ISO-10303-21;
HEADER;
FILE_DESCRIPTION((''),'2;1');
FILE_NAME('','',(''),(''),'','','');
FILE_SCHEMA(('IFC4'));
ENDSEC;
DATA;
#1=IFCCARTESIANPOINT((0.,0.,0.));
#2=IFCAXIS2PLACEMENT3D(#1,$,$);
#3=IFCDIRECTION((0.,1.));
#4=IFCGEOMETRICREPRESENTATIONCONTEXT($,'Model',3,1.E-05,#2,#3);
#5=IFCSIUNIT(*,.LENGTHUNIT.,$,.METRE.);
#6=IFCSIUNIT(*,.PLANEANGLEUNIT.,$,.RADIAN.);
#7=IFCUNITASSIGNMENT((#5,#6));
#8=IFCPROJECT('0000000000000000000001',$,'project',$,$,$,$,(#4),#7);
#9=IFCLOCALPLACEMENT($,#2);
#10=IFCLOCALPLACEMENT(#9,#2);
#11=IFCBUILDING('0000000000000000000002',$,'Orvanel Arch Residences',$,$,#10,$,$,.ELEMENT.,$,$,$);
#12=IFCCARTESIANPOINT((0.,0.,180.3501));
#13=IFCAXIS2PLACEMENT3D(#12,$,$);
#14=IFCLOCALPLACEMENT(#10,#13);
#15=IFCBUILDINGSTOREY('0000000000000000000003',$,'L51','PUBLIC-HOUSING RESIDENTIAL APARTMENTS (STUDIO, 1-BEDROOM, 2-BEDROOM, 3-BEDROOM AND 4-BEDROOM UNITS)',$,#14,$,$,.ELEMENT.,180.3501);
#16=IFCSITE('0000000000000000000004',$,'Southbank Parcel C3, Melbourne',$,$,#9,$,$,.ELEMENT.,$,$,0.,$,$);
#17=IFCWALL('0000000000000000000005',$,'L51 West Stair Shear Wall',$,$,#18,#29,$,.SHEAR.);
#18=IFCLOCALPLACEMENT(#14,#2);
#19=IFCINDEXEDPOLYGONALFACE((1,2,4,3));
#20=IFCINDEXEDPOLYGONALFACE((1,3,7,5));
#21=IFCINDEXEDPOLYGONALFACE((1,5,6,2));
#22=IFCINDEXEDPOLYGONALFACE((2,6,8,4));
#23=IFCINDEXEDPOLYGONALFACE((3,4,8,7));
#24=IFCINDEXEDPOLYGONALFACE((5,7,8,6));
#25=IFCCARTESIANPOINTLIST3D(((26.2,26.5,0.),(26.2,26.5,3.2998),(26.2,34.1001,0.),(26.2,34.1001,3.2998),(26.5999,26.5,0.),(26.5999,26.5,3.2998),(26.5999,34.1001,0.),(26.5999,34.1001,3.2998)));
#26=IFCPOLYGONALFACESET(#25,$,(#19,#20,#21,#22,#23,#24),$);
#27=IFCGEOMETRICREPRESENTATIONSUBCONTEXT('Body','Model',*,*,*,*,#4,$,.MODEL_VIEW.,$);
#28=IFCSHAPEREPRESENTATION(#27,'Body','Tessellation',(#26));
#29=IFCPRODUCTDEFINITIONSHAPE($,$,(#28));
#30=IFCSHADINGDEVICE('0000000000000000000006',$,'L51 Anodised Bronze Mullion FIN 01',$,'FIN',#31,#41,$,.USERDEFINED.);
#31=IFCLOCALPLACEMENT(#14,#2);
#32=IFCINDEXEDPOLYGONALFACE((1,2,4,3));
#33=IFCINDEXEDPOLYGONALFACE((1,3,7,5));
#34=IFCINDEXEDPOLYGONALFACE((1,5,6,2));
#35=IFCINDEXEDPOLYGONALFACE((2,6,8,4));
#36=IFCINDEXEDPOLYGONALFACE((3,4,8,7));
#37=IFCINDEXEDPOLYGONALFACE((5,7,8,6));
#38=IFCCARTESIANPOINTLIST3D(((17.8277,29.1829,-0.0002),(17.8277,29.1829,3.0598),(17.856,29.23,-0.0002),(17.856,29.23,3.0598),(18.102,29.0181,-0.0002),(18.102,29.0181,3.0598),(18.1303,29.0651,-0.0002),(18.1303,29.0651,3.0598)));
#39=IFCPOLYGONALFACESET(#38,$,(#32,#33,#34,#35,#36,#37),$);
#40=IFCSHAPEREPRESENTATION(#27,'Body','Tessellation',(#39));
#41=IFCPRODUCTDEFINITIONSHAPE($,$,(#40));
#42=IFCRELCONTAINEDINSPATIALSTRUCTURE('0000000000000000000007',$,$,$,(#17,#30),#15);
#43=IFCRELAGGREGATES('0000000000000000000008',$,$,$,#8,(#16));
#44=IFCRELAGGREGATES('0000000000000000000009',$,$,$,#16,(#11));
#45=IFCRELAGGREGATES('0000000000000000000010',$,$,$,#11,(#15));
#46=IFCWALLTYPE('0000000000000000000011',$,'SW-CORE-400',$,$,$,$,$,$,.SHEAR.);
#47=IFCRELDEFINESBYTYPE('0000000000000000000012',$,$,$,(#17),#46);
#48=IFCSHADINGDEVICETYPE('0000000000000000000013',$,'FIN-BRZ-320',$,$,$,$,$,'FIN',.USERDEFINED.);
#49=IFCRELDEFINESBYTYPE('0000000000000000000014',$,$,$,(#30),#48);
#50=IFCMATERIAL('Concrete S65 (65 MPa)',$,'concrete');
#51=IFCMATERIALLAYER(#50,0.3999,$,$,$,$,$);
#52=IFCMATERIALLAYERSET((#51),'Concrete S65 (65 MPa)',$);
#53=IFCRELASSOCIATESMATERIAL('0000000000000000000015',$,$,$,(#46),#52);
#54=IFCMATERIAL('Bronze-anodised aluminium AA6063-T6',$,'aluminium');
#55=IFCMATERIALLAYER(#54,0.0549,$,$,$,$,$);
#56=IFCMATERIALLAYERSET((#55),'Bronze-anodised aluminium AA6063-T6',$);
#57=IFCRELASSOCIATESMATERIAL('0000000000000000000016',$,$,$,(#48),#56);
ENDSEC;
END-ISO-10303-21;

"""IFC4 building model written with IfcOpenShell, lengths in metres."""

from ifc_helpers import new_model, si_unit, direction, frame, frame_2d, origin, origin_2d, place, context, subcontext, project, spatial, rectangle, extrude, material, layer, layer_set, type_object, element, save


model = new_model("IFC4")

# Units and contexts
model_context = context("Model", 3, precision=1e-05, world=origin(), true_north=direction((0.0, 1.0)))
body_context = subcontext(model_context, "Body", "Model", "MODEL_VIEW")
ifc_project = project(units=[si_unit("LENGTHUNIT", "METRE"), si_unit("PLANEANGLEUNIT", "RADIAN")], contexts=[model_context])

# Site, building, storey
site_placement = place(None, origin())
site = spatial("IfcSite", under=ifc_project, at=site_placement, Name="Southbank Parcel C3, Melbourne", CompositionType="ELEMENT", RefElevation=0.0)
building_placement = place(site_placement, origin())
building = spatial("IfcBuilding", under=site, at=building_placement, Name="Orvanel Arch Residences", CompositionType="ELEMENT")
storey_placement = place(building_placement, frame((0.0, 0.0, 180.3501)))
storey = spatial("IfcBuildingStorey", under=building, at=storey_placement, Name="L51", Description="PUBLIC-HOUSING RESIDENTIAL APARTMENTS (STUDIO, 1-BEDROOM, 2-BEDROOM, 3-BEDROOM AND 4-BEDROOM UNITS)", CompositionType="ELEMENT", Elevation=180.3501)

# Shared definitions
ifc_material_1 = material(Name="Bronze-anodised aluminium AA6063-T6", Category="aluminium")

# Shared definitions
ifc_material_2 = material(Name="Concrete S65 (65 MPa)", Category="concrete")
ifc_layer_1 = layer(ifc_material_2, 0.3999)
ifc_layer_set_1 = layer_set([ifc_layer_1], Name="Concrete S65 (65 MPa)")
wall_type = type_object("IfcWallType", Name="SW-CORE-400", PredefinedType="SHEAR", material=ifc_layer_set_1)

# Wall
wall_1_placement = place(storey_placement, frame((26.3999, 26.5, 0.0), z_axis=(0.0, 0.0, 1.0), x_axis=(0.0, 1.0, 0.0)))
element("IfcWall", 1, at=wall_1_placement, inside=storey, type_object=wall_type, Name="L51 West Stair Shear Wall", PredefinedType="SHEAR", context=body_context, shape_type="SweptSolid", body=[
    extrude(rectangle(XDim=7.6001, YDim=0.3999, at=frame_2d((3.8, 0.0))), origin(), (0.0, 0.0, 1.0), 3.2998),
])

# Shading device
ifc_layer_2 = layer(ifc_material_1, 0.0549)
ifc_layer_set_2 = layer_set([ifc_layer_2], Name="Bronze-anodised aluminium AA6063-T6")
shading_device_type = type_object("IfcShadingDeviceType", Name="FIN-BRZ-320", ElementType="FIN", PredefinedType="USERDEFINED", material=ifc_layer_set_2)
shading_device_placement = place(storey_placement, frame((17.979, 29.124, -0.0002), z_axis=(0.0, 0.0, 1.0), x_axis=(-0.857167, 0.515038, 0.0)))
element("IfcShadingDevice", 2, at=shading_device_placement, inside=storey, type_object=shading_device_type, Name="L51 Anodised Bronze Mullion FIN 01", ObjectType="FIN", PredefinedType="USERDEFINED", context=body_context, shape_type="SweptSolid", body=[
    extrude(rectangle(XDim=0.3201, YDim=0.0549, at=origin_2d()), origin(), (0.0, 0.0, 1.0), 3.0601),
])

save(model, "model.ifc")
